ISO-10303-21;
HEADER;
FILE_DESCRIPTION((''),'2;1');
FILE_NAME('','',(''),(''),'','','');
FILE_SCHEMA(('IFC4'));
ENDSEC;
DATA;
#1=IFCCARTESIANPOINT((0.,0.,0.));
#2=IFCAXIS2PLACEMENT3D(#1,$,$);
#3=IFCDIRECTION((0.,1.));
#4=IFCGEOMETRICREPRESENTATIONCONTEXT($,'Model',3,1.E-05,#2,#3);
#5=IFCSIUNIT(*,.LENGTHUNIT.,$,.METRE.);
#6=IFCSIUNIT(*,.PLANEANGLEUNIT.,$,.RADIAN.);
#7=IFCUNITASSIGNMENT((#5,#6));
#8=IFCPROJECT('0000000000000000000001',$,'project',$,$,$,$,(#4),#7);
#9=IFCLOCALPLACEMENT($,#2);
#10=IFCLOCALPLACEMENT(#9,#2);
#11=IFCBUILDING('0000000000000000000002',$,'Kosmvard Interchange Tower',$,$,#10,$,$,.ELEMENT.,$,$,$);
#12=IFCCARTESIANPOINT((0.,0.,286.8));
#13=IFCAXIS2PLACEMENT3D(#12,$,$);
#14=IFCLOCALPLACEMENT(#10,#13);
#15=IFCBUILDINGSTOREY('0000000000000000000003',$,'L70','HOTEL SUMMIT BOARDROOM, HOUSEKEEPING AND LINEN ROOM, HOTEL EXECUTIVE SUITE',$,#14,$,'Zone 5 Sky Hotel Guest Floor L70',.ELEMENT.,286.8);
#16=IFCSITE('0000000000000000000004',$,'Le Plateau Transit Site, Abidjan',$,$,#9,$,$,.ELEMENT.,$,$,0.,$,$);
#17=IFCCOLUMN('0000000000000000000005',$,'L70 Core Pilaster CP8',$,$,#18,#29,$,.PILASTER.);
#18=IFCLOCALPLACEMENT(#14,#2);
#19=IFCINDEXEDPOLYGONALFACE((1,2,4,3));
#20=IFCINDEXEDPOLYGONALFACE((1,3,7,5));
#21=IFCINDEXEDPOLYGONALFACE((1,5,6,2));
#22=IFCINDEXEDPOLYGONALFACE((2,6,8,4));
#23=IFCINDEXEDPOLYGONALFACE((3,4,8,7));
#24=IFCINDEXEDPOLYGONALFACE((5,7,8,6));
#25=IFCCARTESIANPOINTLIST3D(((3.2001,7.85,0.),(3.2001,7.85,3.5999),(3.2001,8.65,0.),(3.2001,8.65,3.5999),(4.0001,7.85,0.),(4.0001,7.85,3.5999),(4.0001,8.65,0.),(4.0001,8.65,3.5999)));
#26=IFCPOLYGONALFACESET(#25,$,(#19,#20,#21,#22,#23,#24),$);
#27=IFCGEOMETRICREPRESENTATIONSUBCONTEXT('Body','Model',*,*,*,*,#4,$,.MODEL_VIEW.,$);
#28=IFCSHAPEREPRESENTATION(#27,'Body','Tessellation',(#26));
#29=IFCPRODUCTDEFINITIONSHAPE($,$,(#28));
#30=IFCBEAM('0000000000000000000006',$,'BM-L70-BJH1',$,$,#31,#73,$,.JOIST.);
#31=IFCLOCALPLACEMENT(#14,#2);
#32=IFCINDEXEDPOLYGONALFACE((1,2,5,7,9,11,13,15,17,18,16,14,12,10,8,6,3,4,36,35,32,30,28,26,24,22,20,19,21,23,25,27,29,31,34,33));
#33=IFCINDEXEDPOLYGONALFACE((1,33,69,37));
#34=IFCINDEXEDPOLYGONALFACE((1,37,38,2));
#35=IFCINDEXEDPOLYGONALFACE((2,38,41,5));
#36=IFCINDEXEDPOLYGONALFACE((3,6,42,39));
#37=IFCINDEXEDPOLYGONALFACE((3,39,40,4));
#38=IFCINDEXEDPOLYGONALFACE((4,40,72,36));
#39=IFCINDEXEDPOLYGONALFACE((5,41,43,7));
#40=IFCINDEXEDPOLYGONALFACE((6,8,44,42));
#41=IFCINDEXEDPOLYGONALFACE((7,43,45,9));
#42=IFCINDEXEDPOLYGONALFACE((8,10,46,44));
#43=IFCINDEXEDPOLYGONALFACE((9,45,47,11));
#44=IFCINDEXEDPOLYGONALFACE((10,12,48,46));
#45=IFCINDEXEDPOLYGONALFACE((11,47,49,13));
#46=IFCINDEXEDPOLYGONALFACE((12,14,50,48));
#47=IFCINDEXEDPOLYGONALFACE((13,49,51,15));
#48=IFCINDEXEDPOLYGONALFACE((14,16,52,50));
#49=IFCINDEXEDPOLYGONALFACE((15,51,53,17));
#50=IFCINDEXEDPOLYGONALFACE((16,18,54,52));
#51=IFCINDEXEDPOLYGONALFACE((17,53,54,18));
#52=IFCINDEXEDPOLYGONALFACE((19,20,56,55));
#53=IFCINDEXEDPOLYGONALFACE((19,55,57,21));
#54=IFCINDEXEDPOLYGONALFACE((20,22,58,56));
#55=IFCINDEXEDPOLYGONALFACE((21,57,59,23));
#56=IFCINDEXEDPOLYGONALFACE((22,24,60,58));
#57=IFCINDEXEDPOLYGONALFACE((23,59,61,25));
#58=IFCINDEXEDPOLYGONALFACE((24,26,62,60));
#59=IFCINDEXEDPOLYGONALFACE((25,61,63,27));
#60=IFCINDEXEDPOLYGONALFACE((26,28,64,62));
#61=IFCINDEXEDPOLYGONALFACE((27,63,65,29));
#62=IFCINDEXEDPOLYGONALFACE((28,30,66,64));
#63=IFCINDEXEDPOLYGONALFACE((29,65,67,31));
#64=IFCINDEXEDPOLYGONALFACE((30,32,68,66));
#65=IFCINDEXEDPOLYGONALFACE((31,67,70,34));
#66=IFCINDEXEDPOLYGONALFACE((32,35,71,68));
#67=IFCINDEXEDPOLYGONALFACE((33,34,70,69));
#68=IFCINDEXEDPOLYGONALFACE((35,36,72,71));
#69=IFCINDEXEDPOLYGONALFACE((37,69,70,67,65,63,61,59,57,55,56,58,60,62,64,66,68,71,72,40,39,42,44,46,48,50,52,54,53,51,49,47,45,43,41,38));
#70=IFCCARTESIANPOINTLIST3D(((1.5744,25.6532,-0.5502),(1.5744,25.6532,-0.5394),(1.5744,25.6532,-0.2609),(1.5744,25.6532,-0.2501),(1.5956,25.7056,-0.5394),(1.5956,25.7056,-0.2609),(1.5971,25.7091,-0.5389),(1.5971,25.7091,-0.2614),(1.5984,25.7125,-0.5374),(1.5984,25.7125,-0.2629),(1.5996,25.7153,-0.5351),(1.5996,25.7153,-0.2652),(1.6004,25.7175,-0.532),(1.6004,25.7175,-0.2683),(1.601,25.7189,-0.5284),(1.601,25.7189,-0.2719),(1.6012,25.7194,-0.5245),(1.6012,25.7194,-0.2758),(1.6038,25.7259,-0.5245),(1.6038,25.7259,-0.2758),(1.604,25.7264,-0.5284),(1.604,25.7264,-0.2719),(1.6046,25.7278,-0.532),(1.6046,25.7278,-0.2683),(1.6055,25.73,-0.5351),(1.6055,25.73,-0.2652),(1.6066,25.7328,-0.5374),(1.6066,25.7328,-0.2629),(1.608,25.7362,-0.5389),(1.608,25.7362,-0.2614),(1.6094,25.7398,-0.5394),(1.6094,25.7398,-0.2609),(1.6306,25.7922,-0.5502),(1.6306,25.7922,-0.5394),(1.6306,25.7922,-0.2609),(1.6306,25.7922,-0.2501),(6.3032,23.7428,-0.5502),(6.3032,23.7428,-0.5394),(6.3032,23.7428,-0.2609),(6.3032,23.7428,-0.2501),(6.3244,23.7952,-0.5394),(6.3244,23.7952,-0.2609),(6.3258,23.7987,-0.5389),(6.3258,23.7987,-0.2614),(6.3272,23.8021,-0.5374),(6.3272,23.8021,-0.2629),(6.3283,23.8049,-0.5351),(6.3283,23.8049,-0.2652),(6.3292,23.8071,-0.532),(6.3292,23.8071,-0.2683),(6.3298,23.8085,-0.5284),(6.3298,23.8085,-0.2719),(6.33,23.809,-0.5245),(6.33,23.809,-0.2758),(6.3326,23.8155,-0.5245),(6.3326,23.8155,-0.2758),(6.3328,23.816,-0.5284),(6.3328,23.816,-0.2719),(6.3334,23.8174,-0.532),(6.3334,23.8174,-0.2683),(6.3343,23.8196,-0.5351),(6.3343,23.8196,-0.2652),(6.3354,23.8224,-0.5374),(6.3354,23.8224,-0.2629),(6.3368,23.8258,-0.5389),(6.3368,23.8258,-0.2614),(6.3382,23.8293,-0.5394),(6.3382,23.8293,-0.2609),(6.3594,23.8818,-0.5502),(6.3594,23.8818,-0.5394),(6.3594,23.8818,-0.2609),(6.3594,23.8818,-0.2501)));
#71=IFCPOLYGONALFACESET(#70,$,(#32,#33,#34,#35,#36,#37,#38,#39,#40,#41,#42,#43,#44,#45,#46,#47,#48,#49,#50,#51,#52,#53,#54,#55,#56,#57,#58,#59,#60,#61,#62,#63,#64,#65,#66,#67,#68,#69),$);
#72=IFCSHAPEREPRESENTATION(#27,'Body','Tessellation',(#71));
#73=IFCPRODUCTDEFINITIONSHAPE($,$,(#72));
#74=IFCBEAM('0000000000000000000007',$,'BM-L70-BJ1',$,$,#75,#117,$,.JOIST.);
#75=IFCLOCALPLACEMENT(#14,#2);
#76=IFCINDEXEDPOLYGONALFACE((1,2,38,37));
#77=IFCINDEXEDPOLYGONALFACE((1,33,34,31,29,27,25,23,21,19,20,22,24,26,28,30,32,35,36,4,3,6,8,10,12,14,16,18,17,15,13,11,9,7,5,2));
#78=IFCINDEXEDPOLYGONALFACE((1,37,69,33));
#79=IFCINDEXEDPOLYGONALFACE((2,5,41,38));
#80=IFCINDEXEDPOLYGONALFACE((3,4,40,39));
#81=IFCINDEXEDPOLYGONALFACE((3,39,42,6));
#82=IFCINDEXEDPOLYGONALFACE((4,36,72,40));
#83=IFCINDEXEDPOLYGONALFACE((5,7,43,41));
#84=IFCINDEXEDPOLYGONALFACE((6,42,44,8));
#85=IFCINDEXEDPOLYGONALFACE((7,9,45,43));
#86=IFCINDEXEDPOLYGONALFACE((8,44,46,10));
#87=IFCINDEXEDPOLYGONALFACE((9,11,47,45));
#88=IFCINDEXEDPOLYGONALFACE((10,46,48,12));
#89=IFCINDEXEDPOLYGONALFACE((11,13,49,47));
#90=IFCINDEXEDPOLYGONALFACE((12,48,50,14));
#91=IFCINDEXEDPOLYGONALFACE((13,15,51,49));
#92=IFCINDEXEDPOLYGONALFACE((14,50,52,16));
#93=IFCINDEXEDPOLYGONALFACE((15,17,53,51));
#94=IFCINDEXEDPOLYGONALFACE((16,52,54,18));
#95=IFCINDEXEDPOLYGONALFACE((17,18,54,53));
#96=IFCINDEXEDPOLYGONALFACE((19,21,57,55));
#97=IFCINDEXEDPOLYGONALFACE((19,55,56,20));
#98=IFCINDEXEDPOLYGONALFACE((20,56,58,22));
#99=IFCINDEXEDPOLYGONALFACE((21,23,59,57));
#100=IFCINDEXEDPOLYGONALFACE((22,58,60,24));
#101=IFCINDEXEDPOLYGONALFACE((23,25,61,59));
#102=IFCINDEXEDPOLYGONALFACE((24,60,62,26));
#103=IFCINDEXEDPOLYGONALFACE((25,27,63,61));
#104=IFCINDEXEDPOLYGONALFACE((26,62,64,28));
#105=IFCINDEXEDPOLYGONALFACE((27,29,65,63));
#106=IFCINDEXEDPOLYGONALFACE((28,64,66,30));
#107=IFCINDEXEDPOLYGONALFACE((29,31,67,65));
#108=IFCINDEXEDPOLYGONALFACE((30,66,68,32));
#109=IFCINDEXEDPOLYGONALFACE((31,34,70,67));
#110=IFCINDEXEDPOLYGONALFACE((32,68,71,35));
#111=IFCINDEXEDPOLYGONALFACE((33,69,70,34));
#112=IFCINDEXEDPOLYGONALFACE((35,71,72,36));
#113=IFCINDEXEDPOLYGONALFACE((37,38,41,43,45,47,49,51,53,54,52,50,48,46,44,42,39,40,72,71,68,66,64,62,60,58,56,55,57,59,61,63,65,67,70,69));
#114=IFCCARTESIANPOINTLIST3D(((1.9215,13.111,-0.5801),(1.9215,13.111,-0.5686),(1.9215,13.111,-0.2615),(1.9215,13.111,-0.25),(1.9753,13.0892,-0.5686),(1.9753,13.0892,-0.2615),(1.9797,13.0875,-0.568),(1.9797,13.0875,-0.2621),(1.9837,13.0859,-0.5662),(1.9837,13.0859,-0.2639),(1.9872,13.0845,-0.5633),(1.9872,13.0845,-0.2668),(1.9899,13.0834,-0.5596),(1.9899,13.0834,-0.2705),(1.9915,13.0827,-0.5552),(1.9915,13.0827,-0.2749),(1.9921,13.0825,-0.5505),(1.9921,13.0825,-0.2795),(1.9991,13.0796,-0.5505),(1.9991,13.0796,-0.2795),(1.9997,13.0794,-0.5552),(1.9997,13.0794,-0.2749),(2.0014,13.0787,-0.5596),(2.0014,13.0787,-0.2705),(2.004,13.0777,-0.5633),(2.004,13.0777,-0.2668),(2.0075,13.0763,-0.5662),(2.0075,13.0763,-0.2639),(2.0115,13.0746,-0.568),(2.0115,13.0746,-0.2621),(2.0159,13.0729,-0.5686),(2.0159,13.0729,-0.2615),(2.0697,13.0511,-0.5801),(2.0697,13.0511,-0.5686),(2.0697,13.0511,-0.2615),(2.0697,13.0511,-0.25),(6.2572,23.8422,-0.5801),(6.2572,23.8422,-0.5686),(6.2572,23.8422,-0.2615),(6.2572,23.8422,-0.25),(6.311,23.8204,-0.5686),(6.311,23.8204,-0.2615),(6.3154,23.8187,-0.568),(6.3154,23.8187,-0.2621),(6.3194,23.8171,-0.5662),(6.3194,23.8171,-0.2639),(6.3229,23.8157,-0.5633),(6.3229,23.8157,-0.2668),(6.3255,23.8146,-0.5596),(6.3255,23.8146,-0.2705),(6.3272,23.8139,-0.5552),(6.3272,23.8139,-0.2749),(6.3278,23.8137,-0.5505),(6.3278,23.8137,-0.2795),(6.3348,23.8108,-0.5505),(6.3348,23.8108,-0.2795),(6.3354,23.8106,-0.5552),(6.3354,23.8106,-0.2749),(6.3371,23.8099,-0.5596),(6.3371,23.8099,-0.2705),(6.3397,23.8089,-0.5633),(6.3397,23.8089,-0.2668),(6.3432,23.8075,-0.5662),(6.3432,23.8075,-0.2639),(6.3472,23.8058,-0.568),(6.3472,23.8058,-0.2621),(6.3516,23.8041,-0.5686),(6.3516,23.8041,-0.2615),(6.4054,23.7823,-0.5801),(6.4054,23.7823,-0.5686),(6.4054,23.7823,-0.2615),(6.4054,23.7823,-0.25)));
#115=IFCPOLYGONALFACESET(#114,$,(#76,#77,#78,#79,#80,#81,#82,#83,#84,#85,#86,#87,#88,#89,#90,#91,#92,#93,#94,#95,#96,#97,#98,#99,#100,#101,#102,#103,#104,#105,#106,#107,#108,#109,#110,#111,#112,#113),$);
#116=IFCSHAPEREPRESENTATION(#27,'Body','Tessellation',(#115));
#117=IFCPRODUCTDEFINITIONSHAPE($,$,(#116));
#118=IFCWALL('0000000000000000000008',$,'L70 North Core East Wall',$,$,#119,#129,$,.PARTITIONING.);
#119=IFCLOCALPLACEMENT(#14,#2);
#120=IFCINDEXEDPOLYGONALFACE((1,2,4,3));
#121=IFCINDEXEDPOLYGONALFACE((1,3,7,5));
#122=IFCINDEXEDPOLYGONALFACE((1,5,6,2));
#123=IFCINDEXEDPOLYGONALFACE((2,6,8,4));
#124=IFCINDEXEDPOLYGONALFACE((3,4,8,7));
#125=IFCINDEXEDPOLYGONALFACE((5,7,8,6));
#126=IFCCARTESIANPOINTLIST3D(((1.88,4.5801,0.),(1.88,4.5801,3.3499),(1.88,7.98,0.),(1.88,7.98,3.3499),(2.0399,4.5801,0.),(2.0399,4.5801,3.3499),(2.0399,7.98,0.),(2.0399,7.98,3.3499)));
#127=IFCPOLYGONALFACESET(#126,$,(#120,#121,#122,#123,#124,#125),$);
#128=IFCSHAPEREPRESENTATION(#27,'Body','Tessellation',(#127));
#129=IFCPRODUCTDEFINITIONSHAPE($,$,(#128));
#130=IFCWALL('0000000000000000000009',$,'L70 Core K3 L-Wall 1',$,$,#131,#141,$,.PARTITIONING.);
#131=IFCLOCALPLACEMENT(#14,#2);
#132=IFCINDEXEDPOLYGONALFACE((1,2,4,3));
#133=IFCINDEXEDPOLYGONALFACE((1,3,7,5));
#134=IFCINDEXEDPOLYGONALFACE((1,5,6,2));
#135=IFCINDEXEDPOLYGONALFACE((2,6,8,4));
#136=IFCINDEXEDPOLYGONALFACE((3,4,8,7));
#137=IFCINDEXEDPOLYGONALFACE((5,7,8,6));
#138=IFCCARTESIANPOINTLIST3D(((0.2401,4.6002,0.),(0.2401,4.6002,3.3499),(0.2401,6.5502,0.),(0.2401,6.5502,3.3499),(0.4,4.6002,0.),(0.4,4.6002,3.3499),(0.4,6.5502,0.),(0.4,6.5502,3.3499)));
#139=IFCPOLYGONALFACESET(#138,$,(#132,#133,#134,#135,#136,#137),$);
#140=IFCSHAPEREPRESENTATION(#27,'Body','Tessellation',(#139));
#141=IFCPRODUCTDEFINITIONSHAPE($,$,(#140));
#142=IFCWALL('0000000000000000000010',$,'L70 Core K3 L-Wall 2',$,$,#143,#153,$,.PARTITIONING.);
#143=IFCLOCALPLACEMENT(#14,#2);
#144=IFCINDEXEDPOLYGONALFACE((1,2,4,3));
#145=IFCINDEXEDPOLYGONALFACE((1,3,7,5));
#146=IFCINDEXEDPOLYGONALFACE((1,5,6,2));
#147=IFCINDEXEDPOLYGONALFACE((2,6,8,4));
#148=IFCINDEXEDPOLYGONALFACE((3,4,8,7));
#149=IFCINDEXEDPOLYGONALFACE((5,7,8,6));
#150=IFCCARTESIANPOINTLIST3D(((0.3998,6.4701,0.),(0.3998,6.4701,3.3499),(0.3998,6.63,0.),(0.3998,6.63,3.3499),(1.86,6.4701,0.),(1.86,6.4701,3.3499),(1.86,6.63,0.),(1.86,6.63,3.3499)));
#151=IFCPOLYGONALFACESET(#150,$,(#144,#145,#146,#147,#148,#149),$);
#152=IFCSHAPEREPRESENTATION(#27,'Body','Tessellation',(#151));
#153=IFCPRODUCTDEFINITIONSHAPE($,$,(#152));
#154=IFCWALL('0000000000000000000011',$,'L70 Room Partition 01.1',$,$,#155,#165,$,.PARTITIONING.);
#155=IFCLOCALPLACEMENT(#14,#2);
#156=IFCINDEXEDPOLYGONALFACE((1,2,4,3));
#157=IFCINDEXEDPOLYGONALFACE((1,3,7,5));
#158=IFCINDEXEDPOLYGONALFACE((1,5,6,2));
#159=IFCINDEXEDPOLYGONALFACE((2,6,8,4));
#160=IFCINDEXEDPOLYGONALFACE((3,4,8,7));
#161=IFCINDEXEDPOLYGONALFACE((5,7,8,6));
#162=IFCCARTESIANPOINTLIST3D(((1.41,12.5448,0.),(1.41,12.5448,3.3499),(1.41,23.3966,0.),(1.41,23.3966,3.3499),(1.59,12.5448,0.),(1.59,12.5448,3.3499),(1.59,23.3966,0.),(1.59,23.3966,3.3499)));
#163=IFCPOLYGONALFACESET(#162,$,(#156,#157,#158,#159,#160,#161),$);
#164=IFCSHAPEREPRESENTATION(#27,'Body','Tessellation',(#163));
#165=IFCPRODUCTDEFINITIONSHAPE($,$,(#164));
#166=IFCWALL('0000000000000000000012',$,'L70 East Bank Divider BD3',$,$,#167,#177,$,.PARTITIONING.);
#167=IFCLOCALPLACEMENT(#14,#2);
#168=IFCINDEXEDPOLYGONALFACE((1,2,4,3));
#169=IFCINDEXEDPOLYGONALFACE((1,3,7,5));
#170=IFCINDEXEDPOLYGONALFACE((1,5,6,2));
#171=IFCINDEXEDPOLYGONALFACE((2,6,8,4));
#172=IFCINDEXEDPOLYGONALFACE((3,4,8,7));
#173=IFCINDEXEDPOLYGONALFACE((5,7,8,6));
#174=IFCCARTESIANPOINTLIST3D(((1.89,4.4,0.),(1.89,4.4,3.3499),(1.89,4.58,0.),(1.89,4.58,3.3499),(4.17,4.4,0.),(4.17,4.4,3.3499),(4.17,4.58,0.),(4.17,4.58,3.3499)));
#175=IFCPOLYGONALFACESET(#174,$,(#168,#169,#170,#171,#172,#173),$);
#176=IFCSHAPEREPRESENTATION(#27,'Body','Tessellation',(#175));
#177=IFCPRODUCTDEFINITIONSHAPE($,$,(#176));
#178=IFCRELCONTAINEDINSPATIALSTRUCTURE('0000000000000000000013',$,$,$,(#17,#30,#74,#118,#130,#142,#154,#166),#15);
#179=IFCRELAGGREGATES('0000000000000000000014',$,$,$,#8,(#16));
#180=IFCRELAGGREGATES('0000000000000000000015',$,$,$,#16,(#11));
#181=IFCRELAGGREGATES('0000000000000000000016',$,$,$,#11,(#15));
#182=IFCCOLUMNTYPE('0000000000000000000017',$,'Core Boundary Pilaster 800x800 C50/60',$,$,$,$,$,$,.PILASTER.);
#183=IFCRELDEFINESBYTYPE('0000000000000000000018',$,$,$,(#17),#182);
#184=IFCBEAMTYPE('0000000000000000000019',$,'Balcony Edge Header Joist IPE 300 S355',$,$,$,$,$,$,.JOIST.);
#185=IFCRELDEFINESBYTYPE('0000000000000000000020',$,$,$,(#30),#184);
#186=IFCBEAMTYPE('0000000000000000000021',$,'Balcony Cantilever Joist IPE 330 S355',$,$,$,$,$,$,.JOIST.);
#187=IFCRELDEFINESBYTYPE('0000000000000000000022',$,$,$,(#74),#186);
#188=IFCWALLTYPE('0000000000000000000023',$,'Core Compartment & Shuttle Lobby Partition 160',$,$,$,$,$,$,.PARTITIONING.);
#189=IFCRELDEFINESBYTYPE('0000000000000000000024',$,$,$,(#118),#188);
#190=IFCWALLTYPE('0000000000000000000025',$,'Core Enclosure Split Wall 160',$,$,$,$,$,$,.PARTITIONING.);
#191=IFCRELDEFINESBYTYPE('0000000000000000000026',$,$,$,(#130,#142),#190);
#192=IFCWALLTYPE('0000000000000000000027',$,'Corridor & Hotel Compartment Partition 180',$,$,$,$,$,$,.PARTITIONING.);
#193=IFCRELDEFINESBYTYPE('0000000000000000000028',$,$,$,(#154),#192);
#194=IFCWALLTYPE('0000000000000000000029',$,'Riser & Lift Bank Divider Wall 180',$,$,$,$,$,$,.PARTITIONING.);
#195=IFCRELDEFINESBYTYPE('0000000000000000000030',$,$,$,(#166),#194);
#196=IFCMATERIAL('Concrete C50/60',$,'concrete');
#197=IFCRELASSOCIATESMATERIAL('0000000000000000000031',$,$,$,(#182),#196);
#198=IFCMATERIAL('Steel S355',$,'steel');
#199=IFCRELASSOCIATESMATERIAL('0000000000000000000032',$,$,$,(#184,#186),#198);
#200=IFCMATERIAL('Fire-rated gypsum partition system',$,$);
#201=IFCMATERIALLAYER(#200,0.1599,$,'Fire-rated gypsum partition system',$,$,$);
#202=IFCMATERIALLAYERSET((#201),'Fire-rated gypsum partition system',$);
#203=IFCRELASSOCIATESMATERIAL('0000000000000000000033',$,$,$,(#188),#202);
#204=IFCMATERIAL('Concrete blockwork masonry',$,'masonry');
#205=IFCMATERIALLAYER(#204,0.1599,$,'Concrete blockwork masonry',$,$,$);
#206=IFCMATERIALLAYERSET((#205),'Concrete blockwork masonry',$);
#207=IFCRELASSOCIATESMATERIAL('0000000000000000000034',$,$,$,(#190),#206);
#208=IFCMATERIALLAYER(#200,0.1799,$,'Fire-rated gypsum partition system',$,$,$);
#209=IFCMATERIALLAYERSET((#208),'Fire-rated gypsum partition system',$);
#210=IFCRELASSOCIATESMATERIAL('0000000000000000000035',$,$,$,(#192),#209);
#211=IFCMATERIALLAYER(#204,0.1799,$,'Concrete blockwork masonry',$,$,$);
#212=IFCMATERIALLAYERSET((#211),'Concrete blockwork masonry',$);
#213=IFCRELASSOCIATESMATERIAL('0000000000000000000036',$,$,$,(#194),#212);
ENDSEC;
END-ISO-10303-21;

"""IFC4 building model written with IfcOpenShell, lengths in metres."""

from ifc_helpers import new_model, si_unit, direction, frame, frame_2d, origin, origin_2d, place, context, subcontext, project, spatial, rectangle, i_section, extrude, source, transform, mapped, material, layer, layer_set, material_profile, profile_set, type_object, element, save


model = new_model("IFC4")

# Units and contexts
model_context = context("Model", 3, precision=1e-05, world=origin(), true_north=direction((0.0, 1.0)))
body_context = subcontext(model_context, "Body", "Model", "MODEL_VIEW")
ifc_project = project(units=[si_unit("LENGTHUNIT", "METRE"), si_unit("PLANEANGLEUNIT", "RADIAN")], contexts=[model_context])

# Site, building, storey
site_placement = place(None, origin())
site = spatial("IfcSite", under=ifc_project, at=site_placement, Name="Le Plateau Transit Site, Abidjan", CompositionType="ELEMENT", RefElevation=0.0)
building_placement = place(site_placement, origin())
building = spatial("IfcBuilding", under=site, at=building_placement, Name="Kosmvard Interchange Tower", CompositionType="ELEMENT")
storey_placement = place(building_placement, frame((0.0, 0.0, 286.8)))
storey = spatial("IfcBuildingStorey", under=building, at=storey_placement, Name="L70", Description="HOTEL SUMMIT BOARDROOM, HOUSEKEEPING AND LINEN ROOM, HOTEL EXECUTIVE SUITE", LongName="Zone 5 Sky Hotel Guest Floor L70", CompositionType="ELEMENT", Elevation=286.8)

# Column
ifc_material_1 = material(Name="Concrete C50/60", Category="concrete")
ifc_material_profile_1 = material_profile(ifc_material_1, rectangle(XDim=0.8, YDim=0.8, at=origin_2d()), Name="CP 800x800")
ifc_profile_set_1 = profile_set([ifc_material_profile_1], Name="Concrete C50/60")
column_type = type_object("IfcColumnType", Name="Core Boundary Pilaster 800x800 C50/60", PredefinedType="PILASTER", material=ifc_profile_set_1)
shared_shape_1 = source(origin(), body_context, "Body", "SweptSolid", [
    extrude(rectangle(XDim=0.8, YDim=0.8, at=origin_2d()), origin(), (0.0, 0.0, 1.0), 3.5999),
])
column_placement = place(storey_placement, frame((3.6001, 8.25, 0.0), z_axis=(0.0, 0.0, 1.0), x_axis=(1.0, 0.0, 0.0)))
element("IfcColumn", 1, at=column_placement, inside=storey, type_object=column_type, Name="L70 Core Pilaster CP8", PredefinedType="PILASTER", context=body_context, shape_type="MappedRepresentation", body=[
    mapped(shared_shape_1, transform((0.0, 0.0, 0.0), scale=1.0)),
])

# Beams
ifc_material_2 = material(Name="Steel S355", Category="steel")
ifc_material_profile_2 = material_profile(ifc_material_2, i_section(OverallWidth=0.1499, OverallDepth=0.3, WebThickness=0.0071, FlangeThickness=0.0107, FilletRadius=0.0149, at=origin_2d()), Name="IPE 300")
ifc_profile_set_2 = profile_set([ifc_material_profile_2], Name="Steel S355")
beam_type_1 = type_object("IfcBeamType", Name="Balcony Edge Header Joist IPE 300 S355", PredefinedType="JOIST", material=ifc_profile_set_2)
shared_shape_2 = source(origin(), body_context, "Body", "SweptSolid", [
    extrude(i_section(OverallWidth=0.1499, OverallDepth=0.3, WebThickness=0.0071, FlangeThickness=0.0107, FilletRadius=0.0149, at=origin_2d()), origin(), (0.0, 0.0, 1.0), 5.1001),
])
beam_1_placement = place(storey_placement, frame((6.3313, 23.8123, -0.4001), z_axis=(-0.927194, 0.374583, 0.0), x_axis=(-0.374583, -0.927194, 0.0)))
element("IfcBeam", 2, at=beam_1_placement, inside=storey, type_object=beam_type_1, Name="BM-L70-BJH1", PredefinedType="JOIST", context=body_context, shape_type="MappedRepresentation", body=[
    mapped(shared_shape_2, transform((0.0, 0.0, 0.0), scale=1.0)),
])
ifc_material_profile_3 = material_profile(ifc_material_2, i_section(OverallWidth=0.1599, OverallDepth=0.3301, WebThickness=0.0076, FlangeThickness=0.0115, FilletRadius=0.0181, at=origin_2d()), Name="IPE 330")
ifc_profile_set_3 = profile_set([ifc_material_profile_3], Name="Steel S355")
beam_type_2 = type_object("IfcBeamType", Name="Balcony Cantilever Joist IPE 330 S355", PredefinedType="JOIST", material=ifc_profile_set_3)
shared_shape_3 = source(origin(), body_context, "Body", "SweptSolid", [
    extrude(i_section(OverallWidth=0.1599, OverallDepth=0.3301, WebThickness=0.0076, FlangeThickness=0.0115, FilletRadius=0.0181, at=origin_2d()), origin(), (0.0, 0.0, 1.0), 11.574),
])
beam_2_placement = place(storey_placement, frame((1.9956, 13.0811, -0.415), z_axis=(0.374607, 0.927184, 0.0), x_axis=(-0.927184, 0.374607, 0.0)))
element("IfcBeam", 3, at=beam_2_placement, inside=storey, type_object=beam_type_2, Name="BM-L70-BJ1", PredefinedType="JOIST", context=body_context, shape_type="MappedRepresentation", body=[
    mapped(shared_shape_3, transform((0.0, 0.0, 0.0), scale=1.0)),
])

# Walls
ifc_material_3 = material(Name="Fire-rated gypsum partition system")
ifc_layer_1 = layer(ifc_material_3, 0.1599, Name="Fire-rated gypsum partition system")
ifc_layer_set_1 = layer_set([ifc_layer_1], Name="Fire-rated gypsum partition system")
wall_type_1 = type_object("IfcWallType", Name="Core Compartment & Shuttle Lobby Partition 160", PredefinedType="PARTITIONING", material=ifc_layer_set_1)
wall_1_placement = place(storey_placement, frame((1.96, 4.5801, 0.0), z_axis=(0.0, 0.0, 1.0), x_axis=(0.0, 1.0, 0.0)))
element("IfcWall", 4, at=wall_1_placement, inside=storey, type_object=wall_type_1, Name="L70 North Core East Wall", PredefinedType="PARTITIONING", context=body_context, shape_type="SweptSolid", body=[
    extrude(rectangle(XDim=3.3999, YDim=0.1599, at=frame_2d((1.7, 0.0))), origin(), (0.0, 0.0, 1.0), 3.3499),
])
ifc_material_4 = material(Name="Concrete blockwork masonry", Category="masonry")
ifc_layer_2 = layer(ifc_material_4, 0.1599, Name="Concrete blockwork masonry")
ifc_layer_set_2 = layer_set([ifc_layer_2], Name="Concrete blockwork masonry")
wall_type_2 = type_object("IfcWallType", Name="Core Enclosure Split Wall 160", PredefinedType="PARTITIONING", material=ifc_layer_set_2)
wall_2_placement = place(storey_placement, frame((0.3201, 4.6001, 0.0), z_axis=(0.0, 0.0, 1.0), x_axis=(0.0, 1.0, 0.0)))
element("IfcWall", 5, at=wall_2_placement, inside=storey, type_object=wall_type_2, Name="L70 Core K3 L-Wall 1", PredefinedType="PARTITIONING", context=body_context, shape_type="SweptSolid", body=[
    extrude(rectangle(XDim=1.95, YDim=0.1599, at=frame_2d((0.9751, 0.0))), origin(), (0.0, 0.0, 1.0), 3.3499),
])
wall_3_placement = place(storey_placement, frame((0.3999, 6.55, 0.0), z_axis=(0.0, 0.0, 1.0), x_axis=(1.0, 0.0, 0.0)))
element("IfcWall", 6, at=wall_3_placement, inside=storey, type_object=wall_type_2, Name="L70 Core K3 L-Wall 2", PredefinedType="PARTITIONING", context=body_context, shape_type="SweptSolid", body=[
    extrude(rectangle(XDim=1.4602, YDim=0.1599, at=frame_2d((0.73, 0.0))), origin(), (0.0, 0.0, 1.0), 3.3499),
])
ifc_layer_3 = layer(ifc_material_3, 0.1799, Name="Fire-rated gypsum partition system")
ifc_layer_set_3 = layer_set([ifc_layer_3], Name="Fire-rated gypsum partition system")
wall_type_3 = type_object("IfcWallType", Name="Corridor & Hotel Compartment Partition 180", PredefinedType="PARTITIONING", material=ifc_layer_set_3)
wall_4_placement = place(storey_placement, frame((1.5, 12.5449, 0.0), z_axis=(0.0, 0.0, 1.0), x_axis=(0.0, 1.0, 0.0)))
element("IfcWall", 7, at=wall_4_placement, inside=storey, type_object=wall_type_3, Name="L70 Room Partition 01.1", PredefinedType="PARTITIONING", context=body_context, shape_type="SweptSolid", body=[
    extrude(rectangle(XDim=10.8518, YDim=0.1799, at=frame_2d((5.4258, 0.0))), origin(), (0.0, 0.0, 1.0), 3.3499),
])
ifc_layer_4 = layer(ifc_material_4, 0.1799, Name="Concrete blockwork masonry")
ifc_layer_set_4 = layer_set([ifc_layer_4], Name="Concrete blockwork masonry")
wall_type_4 = type_object("IfcWallType", Name="Riser & Lift Bank Divider Wall 180", PredefinedType="PARTITIONING", material=ifc_layer_set_4)
wall_5_placement = place(storey_placement, frame((1.8899, 4.49, 0.0), z_axis=(0.0, 0.0, 1.0), x_axis=(1.0, 0.0, 0.0)))
element("IfcWall", 8, at=wall_5_placement, inside=storey, type_object=wall_type_4, Name="L70 East Bank Divider BD3", PredefinedType="PARTITIONING", context=body_context, shape_type="SweptSolid", body=[
    extrude(rectangle(XDim=2.28, YDim=0.1799, at=frame_2d((1.1401, 0.0))), origin(), (0.0, 0.0, 1.0), 3.3499),
])

save(model, "model.ifc")
